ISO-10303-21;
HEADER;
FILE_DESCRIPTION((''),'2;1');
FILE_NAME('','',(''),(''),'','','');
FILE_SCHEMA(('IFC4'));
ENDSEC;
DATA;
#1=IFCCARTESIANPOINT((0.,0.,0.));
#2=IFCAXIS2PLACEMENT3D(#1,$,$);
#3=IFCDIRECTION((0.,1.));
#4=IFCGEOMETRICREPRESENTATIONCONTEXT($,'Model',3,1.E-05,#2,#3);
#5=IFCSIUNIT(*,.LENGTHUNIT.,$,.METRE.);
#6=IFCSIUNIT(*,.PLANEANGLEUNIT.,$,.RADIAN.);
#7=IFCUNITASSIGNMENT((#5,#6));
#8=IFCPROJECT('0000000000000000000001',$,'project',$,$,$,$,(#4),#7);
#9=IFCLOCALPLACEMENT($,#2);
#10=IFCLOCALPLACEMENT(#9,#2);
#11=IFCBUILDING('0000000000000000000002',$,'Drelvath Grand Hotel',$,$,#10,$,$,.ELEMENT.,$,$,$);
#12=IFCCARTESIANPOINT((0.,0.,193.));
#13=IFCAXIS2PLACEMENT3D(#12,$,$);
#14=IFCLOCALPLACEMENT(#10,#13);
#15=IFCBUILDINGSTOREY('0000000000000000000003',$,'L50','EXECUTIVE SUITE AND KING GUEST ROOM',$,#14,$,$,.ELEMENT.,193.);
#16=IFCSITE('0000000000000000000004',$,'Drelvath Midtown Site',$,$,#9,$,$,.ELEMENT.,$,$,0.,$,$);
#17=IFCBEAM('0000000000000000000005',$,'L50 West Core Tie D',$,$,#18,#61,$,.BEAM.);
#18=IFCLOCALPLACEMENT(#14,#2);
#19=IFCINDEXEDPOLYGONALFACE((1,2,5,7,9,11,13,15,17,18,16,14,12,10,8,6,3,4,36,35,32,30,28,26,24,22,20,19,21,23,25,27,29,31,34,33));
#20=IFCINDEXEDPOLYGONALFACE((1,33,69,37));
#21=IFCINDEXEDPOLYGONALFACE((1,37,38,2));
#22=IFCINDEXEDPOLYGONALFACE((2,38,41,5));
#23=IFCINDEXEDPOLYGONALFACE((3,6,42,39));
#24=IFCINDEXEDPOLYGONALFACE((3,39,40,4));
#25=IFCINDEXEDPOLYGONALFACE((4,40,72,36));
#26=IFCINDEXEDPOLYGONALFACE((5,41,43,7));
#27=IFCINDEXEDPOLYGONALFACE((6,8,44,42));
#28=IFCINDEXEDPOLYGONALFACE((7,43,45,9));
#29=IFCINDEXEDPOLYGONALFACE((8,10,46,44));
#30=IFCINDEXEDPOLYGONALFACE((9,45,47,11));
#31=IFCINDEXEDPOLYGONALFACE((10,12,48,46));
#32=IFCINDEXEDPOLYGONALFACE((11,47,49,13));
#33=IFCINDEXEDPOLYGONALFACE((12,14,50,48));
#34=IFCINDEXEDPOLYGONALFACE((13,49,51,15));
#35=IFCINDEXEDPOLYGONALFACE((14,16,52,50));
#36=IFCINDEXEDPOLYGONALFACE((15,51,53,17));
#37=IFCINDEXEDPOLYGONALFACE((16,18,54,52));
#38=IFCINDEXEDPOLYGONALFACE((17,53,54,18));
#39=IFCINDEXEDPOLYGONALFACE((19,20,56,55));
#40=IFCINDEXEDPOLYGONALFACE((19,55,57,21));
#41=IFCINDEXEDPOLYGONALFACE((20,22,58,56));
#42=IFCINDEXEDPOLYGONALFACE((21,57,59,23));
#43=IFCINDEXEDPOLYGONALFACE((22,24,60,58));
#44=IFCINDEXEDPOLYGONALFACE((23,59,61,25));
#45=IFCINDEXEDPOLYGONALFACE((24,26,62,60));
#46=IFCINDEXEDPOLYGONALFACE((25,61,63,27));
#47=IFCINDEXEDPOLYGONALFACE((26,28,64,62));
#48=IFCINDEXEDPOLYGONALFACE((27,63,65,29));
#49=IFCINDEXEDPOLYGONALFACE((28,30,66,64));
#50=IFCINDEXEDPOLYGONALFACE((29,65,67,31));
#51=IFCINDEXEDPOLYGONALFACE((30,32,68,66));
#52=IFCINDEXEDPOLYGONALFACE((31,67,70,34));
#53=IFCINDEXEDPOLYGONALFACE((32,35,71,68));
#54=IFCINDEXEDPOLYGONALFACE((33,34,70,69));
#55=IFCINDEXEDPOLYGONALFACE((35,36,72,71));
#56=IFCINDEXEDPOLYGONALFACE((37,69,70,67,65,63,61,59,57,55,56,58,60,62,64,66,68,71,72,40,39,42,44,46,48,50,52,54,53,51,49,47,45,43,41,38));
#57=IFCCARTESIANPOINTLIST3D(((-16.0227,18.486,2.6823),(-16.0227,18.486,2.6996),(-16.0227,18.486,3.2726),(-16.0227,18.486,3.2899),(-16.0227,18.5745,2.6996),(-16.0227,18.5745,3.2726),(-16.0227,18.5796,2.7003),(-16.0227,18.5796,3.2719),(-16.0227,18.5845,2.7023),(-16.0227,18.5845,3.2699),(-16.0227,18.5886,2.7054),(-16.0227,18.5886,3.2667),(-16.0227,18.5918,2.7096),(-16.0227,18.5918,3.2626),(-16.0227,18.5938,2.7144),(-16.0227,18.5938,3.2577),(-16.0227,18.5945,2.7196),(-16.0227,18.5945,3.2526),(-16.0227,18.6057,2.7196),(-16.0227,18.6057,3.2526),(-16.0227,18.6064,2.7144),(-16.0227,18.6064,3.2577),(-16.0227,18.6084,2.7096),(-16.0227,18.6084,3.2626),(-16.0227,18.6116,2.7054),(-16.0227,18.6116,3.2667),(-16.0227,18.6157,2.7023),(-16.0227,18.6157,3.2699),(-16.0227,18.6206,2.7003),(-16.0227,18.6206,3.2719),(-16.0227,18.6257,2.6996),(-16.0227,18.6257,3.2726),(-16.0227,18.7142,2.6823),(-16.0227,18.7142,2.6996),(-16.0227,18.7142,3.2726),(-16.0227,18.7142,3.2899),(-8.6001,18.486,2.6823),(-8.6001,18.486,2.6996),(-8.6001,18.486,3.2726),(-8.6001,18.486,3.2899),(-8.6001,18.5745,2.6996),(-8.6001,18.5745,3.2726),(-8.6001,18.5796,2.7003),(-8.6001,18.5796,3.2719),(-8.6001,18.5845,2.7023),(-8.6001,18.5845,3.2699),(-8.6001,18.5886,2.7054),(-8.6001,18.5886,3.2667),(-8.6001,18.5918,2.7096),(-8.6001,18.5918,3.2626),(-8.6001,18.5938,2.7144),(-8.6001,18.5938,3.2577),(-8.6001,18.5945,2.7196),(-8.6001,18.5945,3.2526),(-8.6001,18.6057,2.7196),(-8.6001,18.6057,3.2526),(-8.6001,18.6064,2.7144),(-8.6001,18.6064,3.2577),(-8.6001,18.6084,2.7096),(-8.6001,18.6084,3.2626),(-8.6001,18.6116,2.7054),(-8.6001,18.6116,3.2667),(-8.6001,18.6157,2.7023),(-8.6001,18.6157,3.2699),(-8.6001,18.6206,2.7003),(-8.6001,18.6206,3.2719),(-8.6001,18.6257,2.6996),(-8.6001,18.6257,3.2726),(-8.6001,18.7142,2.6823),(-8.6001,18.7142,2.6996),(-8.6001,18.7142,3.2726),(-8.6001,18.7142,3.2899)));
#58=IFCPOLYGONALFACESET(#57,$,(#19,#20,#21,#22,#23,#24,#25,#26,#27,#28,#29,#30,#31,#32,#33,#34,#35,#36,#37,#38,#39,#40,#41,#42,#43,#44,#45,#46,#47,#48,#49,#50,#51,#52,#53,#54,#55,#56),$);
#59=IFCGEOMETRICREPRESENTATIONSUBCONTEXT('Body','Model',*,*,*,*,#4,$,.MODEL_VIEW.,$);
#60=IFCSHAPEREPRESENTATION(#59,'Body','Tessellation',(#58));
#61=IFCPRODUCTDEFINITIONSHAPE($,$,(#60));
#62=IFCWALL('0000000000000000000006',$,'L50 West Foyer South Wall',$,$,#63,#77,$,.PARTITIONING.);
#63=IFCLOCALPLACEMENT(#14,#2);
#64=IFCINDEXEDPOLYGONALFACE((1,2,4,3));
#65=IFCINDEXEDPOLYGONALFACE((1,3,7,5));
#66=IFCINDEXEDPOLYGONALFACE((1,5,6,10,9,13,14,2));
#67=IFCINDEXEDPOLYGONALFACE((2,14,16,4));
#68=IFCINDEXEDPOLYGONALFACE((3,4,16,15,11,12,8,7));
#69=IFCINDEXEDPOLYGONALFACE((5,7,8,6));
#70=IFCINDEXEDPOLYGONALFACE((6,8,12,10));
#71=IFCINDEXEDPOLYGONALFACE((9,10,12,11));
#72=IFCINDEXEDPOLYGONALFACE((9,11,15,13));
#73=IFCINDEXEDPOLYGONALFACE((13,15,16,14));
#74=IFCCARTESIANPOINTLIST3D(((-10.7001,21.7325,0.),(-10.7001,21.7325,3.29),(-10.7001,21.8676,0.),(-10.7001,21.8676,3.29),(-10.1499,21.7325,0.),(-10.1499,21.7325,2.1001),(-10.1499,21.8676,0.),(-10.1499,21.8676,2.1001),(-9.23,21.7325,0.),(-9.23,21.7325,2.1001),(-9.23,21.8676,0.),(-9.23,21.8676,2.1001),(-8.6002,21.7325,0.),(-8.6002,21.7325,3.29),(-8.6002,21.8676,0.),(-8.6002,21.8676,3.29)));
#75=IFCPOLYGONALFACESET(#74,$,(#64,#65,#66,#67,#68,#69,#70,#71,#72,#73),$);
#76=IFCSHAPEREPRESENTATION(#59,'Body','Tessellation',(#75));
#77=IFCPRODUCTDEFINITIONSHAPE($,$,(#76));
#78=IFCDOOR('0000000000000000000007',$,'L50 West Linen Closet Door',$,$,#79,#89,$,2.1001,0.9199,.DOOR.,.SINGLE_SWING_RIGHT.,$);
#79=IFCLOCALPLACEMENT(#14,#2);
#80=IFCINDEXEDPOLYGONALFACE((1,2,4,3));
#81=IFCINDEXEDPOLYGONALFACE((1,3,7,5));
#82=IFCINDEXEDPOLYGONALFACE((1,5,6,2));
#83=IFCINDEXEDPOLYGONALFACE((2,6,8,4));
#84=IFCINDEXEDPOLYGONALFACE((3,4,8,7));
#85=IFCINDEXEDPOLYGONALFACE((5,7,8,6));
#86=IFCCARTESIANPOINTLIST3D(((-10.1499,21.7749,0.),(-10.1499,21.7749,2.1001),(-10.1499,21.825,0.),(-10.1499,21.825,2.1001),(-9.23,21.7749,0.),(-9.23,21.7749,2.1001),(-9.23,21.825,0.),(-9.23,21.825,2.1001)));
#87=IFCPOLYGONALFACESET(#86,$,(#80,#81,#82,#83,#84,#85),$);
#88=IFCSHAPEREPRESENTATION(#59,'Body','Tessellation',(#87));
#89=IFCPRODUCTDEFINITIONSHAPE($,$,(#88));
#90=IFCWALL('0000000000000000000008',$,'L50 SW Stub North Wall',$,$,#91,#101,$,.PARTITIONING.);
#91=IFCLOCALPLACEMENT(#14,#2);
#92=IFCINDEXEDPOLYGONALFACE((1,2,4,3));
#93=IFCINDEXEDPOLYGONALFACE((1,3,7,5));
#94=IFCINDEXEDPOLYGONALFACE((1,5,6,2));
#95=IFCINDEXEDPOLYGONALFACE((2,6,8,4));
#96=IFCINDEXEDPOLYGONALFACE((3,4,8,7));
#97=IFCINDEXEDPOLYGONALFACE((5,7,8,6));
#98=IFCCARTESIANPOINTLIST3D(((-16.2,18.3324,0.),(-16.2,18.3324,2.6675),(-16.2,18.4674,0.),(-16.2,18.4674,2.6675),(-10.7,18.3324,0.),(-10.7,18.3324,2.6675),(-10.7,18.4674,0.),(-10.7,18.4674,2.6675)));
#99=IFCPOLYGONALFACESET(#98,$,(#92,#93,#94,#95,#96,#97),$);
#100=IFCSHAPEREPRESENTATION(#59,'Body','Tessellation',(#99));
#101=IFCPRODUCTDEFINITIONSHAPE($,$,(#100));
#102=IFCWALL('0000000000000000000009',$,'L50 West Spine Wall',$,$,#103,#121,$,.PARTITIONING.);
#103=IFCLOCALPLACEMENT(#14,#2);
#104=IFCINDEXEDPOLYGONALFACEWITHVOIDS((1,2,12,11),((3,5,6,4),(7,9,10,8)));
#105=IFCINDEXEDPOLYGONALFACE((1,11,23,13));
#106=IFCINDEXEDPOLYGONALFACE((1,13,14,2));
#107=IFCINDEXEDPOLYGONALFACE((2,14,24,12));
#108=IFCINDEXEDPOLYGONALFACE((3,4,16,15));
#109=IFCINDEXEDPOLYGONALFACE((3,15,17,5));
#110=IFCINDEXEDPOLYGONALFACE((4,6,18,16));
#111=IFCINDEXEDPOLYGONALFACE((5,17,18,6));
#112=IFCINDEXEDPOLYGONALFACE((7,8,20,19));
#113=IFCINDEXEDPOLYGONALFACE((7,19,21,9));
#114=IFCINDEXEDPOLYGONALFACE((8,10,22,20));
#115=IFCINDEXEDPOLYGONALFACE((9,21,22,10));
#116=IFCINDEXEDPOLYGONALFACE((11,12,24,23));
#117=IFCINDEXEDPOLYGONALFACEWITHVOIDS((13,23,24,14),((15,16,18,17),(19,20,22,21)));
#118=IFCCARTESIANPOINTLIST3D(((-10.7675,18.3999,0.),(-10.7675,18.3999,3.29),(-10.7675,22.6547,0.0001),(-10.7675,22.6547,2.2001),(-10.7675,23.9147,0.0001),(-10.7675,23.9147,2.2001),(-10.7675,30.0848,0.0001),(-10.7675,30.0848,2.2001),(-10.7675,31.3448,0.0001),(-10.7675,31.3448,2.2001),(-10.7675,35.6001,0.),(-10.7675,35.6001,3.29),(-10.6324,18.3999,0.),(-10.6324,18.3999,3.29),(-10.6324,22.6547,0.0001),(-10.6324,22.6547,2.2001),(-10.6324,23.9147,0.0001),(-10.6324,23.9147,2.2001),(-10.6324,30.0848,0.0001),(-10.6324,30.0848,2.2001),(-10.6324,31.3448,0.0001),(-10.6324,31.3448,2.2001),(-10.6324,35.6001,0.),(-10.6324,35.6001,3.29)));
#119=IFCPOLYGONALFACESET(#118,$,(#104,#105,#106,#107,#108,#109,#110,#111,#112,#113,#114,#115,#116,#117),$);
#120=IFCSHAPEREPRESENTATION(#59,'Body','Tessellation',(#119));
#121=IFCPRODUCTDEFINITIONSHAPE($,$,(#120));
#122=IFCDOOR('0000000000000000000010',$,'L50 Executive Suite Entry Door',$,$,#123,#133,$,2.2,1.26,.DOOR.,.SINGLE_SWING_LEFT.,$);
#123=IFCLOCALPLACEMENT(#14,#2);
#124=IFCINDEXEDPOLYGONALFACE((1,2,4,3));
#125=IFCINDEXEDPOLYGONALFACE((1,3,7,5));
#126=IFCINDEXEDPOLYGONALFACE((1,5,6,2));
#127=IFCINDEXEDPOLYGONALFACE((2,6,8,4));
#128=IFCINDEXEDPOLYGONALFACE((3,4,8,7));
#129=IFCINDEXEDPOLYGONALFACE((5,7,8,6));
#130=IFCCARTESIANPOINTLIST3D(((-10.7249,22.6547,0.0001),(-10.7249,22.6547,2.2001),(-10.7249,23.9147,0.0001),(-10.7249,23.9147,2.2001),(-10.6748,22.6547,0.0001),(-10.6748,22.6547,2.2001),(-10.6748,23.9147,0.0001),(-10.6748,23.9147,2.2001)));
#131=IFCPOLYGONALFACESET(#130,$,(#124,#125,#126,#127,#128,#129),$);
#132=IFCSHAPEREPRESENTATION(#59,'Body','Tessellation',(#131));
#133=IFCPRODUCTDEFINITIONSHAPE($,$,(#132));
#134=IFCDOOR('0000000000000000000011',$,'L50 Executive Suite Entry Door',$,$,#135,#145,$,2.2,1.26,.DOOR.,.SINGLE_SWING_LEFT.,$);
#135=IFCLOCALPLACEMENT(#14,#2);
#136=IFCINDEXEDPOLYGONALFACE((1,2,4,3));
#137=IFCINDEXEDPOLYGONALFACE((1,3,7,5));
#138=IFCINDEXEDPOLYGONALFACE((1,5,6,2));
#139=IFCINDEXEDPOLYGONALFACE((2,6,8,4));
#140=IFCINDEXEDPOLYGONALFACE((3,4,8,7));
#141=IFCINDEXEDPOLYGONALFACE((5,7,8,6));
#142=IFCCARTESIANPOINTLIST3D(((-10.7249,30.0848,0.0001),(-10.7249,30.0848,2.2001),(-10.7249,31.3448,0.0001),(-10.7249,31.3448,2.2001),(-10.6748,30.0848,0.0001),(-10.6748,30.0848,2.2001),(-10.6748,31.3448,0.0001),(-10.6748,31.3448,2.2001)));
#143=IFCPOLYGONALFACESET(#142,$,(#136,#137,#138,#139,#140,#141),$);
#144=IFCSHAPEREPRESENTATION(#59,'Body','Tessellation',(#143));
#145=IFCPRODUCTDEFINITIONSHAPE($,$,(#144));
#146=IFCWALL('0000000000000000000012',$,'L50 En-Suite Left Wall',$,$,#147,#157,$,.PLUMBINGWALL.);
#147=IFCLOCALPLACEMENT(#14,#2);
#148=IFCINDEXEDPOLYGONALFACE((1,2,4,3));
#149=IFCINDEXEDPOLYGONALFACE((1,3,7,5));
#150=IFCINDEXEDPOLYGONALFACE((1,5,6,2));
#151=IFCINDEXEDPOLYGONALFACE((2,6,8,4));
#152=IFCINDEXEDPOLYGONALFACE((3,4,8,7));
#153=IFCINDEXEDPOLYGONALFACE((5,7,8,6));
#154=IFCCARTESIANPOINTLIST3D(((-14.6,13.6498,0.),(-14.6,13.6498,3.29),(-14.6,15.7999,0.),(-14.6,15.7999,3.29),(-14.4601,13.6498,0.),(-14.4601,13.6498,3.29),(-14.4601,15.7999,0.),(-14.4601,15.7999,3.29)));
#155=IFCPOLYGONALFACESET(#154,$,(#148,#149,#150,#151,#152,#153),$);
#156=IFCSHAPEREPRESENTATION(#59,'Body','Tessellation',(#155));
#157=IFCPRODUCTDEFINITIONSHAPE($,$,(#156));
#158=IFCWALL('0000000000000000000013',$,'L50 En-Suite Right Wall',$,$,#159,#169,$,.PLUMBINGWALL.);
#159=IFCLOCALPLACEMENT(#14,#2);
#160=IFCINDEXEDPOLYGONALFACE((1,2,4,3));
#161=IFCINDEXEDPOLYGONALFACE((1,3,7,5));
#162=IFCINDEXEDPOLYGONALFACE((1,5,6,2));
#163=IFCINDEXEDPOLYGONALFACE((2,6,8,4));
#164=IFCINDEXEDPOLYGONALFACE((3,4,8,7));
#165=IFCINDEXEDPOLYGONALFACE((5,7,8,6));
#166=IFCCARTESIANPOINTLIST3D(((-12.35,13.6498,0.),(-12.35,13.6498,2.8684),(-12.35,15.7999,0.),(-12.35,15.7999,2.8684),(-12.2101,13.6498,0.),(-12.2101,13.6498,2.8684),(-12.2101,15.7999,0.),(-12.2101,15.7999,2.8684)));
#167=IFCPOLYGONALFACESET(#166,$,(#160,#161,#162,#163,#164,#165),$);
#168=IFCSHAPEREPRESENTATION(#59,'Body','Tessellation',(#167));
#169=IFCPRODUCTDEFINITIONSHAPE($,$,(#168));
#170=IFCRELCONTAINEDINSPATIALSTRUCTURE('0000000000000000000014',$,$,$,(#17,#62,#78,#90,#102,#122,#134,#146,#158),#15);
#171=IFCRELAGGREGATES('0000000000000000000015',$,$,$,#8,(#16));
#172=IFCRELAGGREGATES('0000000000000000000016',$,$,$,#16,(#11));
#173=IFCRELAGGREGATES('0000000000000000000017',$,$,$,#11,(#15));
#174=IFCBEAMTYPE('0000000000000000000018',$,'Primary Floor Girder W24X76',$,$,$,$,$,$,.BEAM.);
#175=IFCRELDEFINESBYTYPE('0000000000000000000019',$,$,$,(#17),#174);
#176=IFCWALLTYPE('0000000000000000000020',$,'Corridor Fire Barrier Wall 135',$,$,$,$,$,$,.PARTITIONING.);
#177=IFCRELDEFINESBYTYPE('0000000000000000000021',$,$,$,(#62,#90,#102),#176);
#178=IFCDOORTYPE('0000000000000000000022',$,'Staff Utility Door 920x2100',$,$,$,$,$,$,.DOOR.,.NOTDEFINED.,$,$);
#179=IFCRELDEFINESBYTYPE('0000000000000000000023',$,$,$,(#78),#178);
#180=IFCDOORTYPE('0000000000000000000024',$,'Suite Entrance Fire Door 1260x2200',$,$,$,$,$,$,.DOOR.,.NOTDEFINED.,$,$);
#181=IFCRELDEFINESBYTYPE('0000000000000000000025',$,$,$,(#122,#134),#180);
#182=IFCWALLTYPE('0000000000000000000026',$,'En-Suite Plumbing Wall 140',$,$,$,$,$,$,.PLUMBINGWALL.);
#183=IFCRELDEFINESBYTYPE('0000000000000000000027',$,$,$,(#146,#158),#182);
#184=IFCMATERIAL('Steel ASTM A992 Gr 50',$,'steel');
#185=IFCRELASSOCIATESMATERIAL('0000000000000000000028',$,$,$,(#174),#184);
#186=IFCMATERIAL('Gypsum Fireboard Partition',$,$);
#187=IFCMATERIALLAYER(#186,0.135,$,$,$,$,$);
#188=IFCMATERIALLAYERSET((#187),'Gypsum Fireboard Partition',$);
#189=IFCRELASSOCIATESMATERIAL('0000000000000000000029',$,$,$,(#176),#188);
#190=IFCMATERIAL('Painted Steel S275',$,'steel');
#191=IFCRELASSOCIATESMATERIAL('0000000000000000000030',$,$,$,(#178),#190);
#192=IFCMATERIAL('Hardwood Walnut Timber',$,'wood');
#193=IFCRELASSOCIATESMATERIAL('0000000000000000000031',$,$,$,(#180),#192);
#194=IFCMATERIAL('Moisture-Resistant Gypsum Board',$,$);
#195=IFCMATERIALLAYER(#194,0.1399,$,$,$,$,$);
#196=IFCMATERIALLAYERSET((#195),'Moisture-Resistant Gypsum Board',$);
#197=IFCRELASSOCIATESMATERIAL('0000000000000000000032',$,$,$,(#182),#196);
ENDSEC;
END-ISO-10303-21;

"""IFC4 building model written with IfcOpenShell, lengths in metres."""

from ifc_helpers import new_model, si_unit, direction, frame, frame_2d, origin, origin_2d, place, context, subcontext, project, spatial, rectangle, i_section, extrude, material, layer, layer_set, material_profile, profile_set, type_object, element, fill, save


model = new_model("IFC4")

# Units and contexts
model_context = context("Model", 3, precision=1e-05, world=origin(), true_north=direction((0.0, 1.0)))
body_context = subcontext(model_context, "Body", "Model", "MODEL_VIEW")
ifc_project = project(units=[si_unit("LENGTHUNIT", "METRE"), si_unit("PLANEANGLEUNIT", "RADIAN")], contexts=[model_context])

# Site, building, storey
site_placement = place(None, origin())
site = spatial("IfcSite", under=ifc_project, at=site_placement, Name="Drelvath Midtown Site", CompositionType="ELEMENT", RefElevation=0.0)
building_placement = place(site_placement, origin())
building = spatial("IfcBuilding", under=site, at=building_placement, Name="Drelvath Grand Hotel", CompositionType="ELEMENT")
storey_placement = place(building_placement, frame((0.0, 0.0, 193.0)))
storey = spatial("IfcBuildingStorey", under=building, at=storey_placement, Name="L50", Description="EXECUTIVE SUITE AND KING GUEST ROOM", CompositionType="ELEMENT", Elevation=193.0)

# Beam
ifc_material_1 = material(Name="Steel ASTM A992 Gr 50", Category="steel")
ifc_material_profile = material_profile(ifc_material_1, i_section(OverallWidth=0.2283, OverallDepth=0.6077, WebThickness=0.0112, FlangeThickness=0.0173, FilletRadius=0.02, at=origin_2d()), Name="W24X76")
ifc_profile_set = profile_set([ifc_material_profile], Name="Steel ASTM A992 Gr 50")
beam_type = type_object("IfcBeamType", Name="Primary Floor Girder W24X76", PredefinedType="BEAM", material=ifc_profile_set)
beam_placement = place(storey_placement, frame((-16.0227, 18.6001, 2.9861), z_axis=(1.0, 0.0, 0.0), x_axis=(0.0, 1.0, 0.0)))
element("IfcBeam", 1, at=beam_placement, inside=storey, type_object=beam_type, Name="L50 West Core Tie D", PredefinedType="BEAM", context=body_context, shape_type="SweptSolid", body=[
    extrude(i_section(OverallWidth=0.2283, OverallDepth=0.6077, WebThickness=0.0112, FlangeThickness=0.0173, FilletRadius=0.02, at=origin_2d()), origin(), (0.0, 0.0, 1.0), 7.4226),
])

# Wall, opening, door
ifc_material_2 = material(Name="Gypsum Fireboard Partition")
ifc_layer_1 = layer(ifc_material_2, 0.135)
ifc_layer_set_1 = layer_set([ifc_layer_1], Name="Gypsum Fireboard Partition")
wall_type_1 = type_object("IfcWallType", Name="Corridor Fire Barrier Wall 135", PredefinedType="PARTITIONING", material=ifc_layer_set_1)
wall_1_placement = place(storey_placement, frame((-10.7, 21.8, 0.0), z_axis=(0.0, 0.0, 1.0), x_axis=(1.0, 0.0, 0.0)))
wall_1 = element("IfcWall", 2, at=wall_1_placement, inside=storey, type_object=wall_type_1, Name="L50 West Foyer South Wall", PredefinedType="PARTITIONING", context=body_context, shape_type="SweptSolid", body=[
    extrude(rectangle(XDim=2.0999, YDim=0.135, at=frame_2d((1.0498, 0.0))), origin(), (0.0, 0.0, 1.0), 3.29),
])
opening_1_placement = place(wall_1_placement, frame((0.55, 0.0, 0.0)))
opening_1 = element("IfcOpeningElement", 3, at=opening_1_placement, cuts=wall_1, PredefinedType="OPENING", context=body_context, shape_type="SweptSolid", body=[
    extrude(rectangle(XDim=0.9199, YDim=2.1001, at=frame_2d((0.46, 1.05))), frame((0.0, 0.0774, 0.0), z_axis=(0.0, -1.0, 0.0), x_axis=(1.0, 0.0, 0.0)), (0.0, 0.0, 1.0), 0.155),
])
ifc_material_3 = material(Name="Painted Steel S275", Category="steel")
door_type_1 = type_object("IfcDoorType", Name="Staff Utility Door 920x2100", OperationType="NOTDEFINED", PredefinedType="DOOR", material=ifc_material_3)
door_1_placement = place(opening_1_placement, origin())
door_1 = element("IfcDoor", 4, at=door_1_placement, inside=storey, type_object=door_type_1, Name="L50 West Linen Closet Door", OperationType="SINGLE_SWING_RIGHT", OverallHeight=2.1001, OverallWidth=0.9199, PredefinedType="DOOR", context=body_context, shape_type="SweptSolid", body=[
    extrude(rectangle(XDim=0.9199, YDim=2.1001, at=frame_2d((0.46, 1.05))), frame((0.0, 0.0249, 0.0), z_axis=(0.0, -1.0, 0.0), x_axis=(1.0, 0.0, 0.0)), (0.0, 0.0, 1.0), 0.05),
])
fill(opening_1, door_1)

# Wall
wall_2_placement = place(storey_placement, frame((-16.2, 18.3999, 0.0), z_axis=(0.0, 0.0, 1.0), x_axis=(1.0, 0.0, 0.0)))
element("IfcWall", 5, at=wall_2_placement, inside=storey, type_object=wall_type_1, Name="L50 SW Stub North Wall", PredefinedType="PARTITIONING", context=body_context, shape_type="SweptSolid", body=[
    extrude(rectangle(XDim=5.5, YDim=0.135, at=frame_2d((2.75, 0.0))), origin(), (0.0, 0.0, 1.0), 2.6675),
])

# Wall, openings, doors
wall_3_placement = place(storey_placement, frame((-10.7, 18.3999, 0.0), z_axis=(0.0, 0.0, 1.0), x_axis=(0.0, 1.0, 0.0)))
wall_3 = element("IfcWall", 6, at=wall_3_placement, inside=storey, type_object=wall_type_1, Name="L50 West Spine Wall", PredefinedType="PARTITIONING", context=body_context, shape_type="SweptSolid", body=[
    extrude(rectangle(XDim=17.2002, YDim=0.135, at=frame_2d((8.6001, 0.0))), origin(), (0.0, 0.0, 1.0), 3.29),
])
opening_2_placement = place(wall_3_placement, frame((4.2549, 0.0, 0.0)))
opening_2 = element("IfcOpeningElement", 7, at=opening_2_placement, cuts=wall_3, PredefinedType="OPENING", context=body_context, shape_type="SweptSolid", body=[
    extrude(rectangle(XDim=1.26, YDim=2.2, at=frame_2d((0.6299, 1.1001))), frame((0.0, 0.0774, 0.0), z_axis=(0.0, -1.0, 0.0), x_axis=(1.0, 0.0, 0.0)), (0.0, 0.0, 1.0), 0.155),
])
opening_3_placement = place(wall_3_placement, frame((11.6851, 0.0, 0.0)))
opening_3 = element("IfcOpeningElement", 8, at=opening_3_placement, cuts=wall_3, PredefinedType="OPENING", context=body_context, shape_type="SweptSolid", body=[
    extrude(rectangle(XDim=1.26, YDim=2.2, at=frame_2d((0.6299, 1.1001))), frame((0.0, 0.0774, 0.0), z_axis=(0.0, -1.0, 0.0), x_axis=(1.0, 0.0, 0.0)), (0.0, 0.0, 1.0), 0.155),
])
ifc_material_4 = material(Name="Hardwood Walnut Timber", Category="wood")
door_type_2 = type_object("IfcDoorType", Name="Suite Entrance Fire Door 1260x2200", OperationType="NOTDEFINED", PredefinedType="DOOR", material=ifc_material_4)
door_2_placement = place(opening_2_placement, origin())
door_2 = element("IfcDoor", 9, at=door_2_placement, inside=storey, type_object=door_type_2, Name="L50 Executive Suite Entry Door", OperationType="SINGLE_SWING_LEFT", OverallHeight=2.2, OverallWidth=1.26, PredefinedType="DOOR", context=body_context, shape_type="SweptSolid", body=[
    extrude(rectangle(XDim=1.26, YDim=2.2, at=frame_2d((0.6299, 1.1001))), frame((0.0, 0.0249, 0.0), z_axis=(0.0, -1.0, 0.0), x_axis=(1.0, 0.0, 0.0)), (0.0, 0.0, 1.0), 0.05),
])
fill(opening_2, door_2)
door_3_placement = place(opening_3_placement, origin())
door_3 = element("IfcDoor", 10, at=door_3_placement, inside=storey, type_object=door_type_2, Name="L50 Executive Suite Entry Door", OperationType="SINGLE_SWING_LEFT", OverallHeight=2.2, OverallWidth=1.26, PredefinedType="DOOR", context=body_context, shape_type="SweptSolid", body=[
    extrude(rectangle(XDim=1.26, YDim=2.2, at=frame_2d((0.6299, 1.1001))), frame((0.0, 0.0249, 0.0), z_axis=(0.0, -1.0, 0.0), x_axis=(1.0, 0.0, 0.0)), (0.0, 0.0, 1.0), 0.05),
])
fill(opening_3, door_3)

# Walls
ifc_material_5 = material(Name="Moisture-Resistant Gypsum Board")
ifc_layer_2 = layer(ifc_material_5, 0.1399)
ifc_layer_set_2 = layer_set([ifc_layer_2], Name="Moisture-Resistant Gypsum Board")
wall_type_2 = type_object("IfcWallType", Name="En-Suite Plumbing Wall 140", PredefinedType="PLUMBINGWALL", material=ifc_layer_set_2)
wall_4_placement = place(storey_placement, frame((-14.53, 15.8, 0.0), z_axis=(0.0, 0.0, 1.0), x_axis=(0.0, -1.0, 0.0)))
element("IfcWall", 11, at=wall_4_placement, inside=storey, type_object=wall_type_2, Name="L50 En-Suite Left Wall", PredefinedType="PLUMBINGWALL", context=body_context, shape_type="SweptSolid", body=[
    extrude(rectangle(XDim=2.1501, YDim=0.1399, at=frame_2d((1.0752, 0.0))), origin(), (0.0, 0.0, 1.0), 3.29),
])
wall_5_placement = place(storey_placement, frame((-12.28, 15.8, 0.0), z_axis=(0.0, 0.0, 1.0), x_axis=(0.0, -1.0, 0.0)))
element("IfcWall", 12, at=wall_5_placement, inside=storey, type_object=wall_type_2, Name="L50 En-Suite Right Wall", PredefinedType="PLUMBINGWALL", context=body_context, shape_type="SweptSolid", body=[
    extrude(rectangle(XDim=2.1501, YDim=0.1399, at=frame_2d((1.0752, 0.0))), origin(), (0.0, 0.0, 1.0), 2.8684),
])

save(model, "model.ifc")
